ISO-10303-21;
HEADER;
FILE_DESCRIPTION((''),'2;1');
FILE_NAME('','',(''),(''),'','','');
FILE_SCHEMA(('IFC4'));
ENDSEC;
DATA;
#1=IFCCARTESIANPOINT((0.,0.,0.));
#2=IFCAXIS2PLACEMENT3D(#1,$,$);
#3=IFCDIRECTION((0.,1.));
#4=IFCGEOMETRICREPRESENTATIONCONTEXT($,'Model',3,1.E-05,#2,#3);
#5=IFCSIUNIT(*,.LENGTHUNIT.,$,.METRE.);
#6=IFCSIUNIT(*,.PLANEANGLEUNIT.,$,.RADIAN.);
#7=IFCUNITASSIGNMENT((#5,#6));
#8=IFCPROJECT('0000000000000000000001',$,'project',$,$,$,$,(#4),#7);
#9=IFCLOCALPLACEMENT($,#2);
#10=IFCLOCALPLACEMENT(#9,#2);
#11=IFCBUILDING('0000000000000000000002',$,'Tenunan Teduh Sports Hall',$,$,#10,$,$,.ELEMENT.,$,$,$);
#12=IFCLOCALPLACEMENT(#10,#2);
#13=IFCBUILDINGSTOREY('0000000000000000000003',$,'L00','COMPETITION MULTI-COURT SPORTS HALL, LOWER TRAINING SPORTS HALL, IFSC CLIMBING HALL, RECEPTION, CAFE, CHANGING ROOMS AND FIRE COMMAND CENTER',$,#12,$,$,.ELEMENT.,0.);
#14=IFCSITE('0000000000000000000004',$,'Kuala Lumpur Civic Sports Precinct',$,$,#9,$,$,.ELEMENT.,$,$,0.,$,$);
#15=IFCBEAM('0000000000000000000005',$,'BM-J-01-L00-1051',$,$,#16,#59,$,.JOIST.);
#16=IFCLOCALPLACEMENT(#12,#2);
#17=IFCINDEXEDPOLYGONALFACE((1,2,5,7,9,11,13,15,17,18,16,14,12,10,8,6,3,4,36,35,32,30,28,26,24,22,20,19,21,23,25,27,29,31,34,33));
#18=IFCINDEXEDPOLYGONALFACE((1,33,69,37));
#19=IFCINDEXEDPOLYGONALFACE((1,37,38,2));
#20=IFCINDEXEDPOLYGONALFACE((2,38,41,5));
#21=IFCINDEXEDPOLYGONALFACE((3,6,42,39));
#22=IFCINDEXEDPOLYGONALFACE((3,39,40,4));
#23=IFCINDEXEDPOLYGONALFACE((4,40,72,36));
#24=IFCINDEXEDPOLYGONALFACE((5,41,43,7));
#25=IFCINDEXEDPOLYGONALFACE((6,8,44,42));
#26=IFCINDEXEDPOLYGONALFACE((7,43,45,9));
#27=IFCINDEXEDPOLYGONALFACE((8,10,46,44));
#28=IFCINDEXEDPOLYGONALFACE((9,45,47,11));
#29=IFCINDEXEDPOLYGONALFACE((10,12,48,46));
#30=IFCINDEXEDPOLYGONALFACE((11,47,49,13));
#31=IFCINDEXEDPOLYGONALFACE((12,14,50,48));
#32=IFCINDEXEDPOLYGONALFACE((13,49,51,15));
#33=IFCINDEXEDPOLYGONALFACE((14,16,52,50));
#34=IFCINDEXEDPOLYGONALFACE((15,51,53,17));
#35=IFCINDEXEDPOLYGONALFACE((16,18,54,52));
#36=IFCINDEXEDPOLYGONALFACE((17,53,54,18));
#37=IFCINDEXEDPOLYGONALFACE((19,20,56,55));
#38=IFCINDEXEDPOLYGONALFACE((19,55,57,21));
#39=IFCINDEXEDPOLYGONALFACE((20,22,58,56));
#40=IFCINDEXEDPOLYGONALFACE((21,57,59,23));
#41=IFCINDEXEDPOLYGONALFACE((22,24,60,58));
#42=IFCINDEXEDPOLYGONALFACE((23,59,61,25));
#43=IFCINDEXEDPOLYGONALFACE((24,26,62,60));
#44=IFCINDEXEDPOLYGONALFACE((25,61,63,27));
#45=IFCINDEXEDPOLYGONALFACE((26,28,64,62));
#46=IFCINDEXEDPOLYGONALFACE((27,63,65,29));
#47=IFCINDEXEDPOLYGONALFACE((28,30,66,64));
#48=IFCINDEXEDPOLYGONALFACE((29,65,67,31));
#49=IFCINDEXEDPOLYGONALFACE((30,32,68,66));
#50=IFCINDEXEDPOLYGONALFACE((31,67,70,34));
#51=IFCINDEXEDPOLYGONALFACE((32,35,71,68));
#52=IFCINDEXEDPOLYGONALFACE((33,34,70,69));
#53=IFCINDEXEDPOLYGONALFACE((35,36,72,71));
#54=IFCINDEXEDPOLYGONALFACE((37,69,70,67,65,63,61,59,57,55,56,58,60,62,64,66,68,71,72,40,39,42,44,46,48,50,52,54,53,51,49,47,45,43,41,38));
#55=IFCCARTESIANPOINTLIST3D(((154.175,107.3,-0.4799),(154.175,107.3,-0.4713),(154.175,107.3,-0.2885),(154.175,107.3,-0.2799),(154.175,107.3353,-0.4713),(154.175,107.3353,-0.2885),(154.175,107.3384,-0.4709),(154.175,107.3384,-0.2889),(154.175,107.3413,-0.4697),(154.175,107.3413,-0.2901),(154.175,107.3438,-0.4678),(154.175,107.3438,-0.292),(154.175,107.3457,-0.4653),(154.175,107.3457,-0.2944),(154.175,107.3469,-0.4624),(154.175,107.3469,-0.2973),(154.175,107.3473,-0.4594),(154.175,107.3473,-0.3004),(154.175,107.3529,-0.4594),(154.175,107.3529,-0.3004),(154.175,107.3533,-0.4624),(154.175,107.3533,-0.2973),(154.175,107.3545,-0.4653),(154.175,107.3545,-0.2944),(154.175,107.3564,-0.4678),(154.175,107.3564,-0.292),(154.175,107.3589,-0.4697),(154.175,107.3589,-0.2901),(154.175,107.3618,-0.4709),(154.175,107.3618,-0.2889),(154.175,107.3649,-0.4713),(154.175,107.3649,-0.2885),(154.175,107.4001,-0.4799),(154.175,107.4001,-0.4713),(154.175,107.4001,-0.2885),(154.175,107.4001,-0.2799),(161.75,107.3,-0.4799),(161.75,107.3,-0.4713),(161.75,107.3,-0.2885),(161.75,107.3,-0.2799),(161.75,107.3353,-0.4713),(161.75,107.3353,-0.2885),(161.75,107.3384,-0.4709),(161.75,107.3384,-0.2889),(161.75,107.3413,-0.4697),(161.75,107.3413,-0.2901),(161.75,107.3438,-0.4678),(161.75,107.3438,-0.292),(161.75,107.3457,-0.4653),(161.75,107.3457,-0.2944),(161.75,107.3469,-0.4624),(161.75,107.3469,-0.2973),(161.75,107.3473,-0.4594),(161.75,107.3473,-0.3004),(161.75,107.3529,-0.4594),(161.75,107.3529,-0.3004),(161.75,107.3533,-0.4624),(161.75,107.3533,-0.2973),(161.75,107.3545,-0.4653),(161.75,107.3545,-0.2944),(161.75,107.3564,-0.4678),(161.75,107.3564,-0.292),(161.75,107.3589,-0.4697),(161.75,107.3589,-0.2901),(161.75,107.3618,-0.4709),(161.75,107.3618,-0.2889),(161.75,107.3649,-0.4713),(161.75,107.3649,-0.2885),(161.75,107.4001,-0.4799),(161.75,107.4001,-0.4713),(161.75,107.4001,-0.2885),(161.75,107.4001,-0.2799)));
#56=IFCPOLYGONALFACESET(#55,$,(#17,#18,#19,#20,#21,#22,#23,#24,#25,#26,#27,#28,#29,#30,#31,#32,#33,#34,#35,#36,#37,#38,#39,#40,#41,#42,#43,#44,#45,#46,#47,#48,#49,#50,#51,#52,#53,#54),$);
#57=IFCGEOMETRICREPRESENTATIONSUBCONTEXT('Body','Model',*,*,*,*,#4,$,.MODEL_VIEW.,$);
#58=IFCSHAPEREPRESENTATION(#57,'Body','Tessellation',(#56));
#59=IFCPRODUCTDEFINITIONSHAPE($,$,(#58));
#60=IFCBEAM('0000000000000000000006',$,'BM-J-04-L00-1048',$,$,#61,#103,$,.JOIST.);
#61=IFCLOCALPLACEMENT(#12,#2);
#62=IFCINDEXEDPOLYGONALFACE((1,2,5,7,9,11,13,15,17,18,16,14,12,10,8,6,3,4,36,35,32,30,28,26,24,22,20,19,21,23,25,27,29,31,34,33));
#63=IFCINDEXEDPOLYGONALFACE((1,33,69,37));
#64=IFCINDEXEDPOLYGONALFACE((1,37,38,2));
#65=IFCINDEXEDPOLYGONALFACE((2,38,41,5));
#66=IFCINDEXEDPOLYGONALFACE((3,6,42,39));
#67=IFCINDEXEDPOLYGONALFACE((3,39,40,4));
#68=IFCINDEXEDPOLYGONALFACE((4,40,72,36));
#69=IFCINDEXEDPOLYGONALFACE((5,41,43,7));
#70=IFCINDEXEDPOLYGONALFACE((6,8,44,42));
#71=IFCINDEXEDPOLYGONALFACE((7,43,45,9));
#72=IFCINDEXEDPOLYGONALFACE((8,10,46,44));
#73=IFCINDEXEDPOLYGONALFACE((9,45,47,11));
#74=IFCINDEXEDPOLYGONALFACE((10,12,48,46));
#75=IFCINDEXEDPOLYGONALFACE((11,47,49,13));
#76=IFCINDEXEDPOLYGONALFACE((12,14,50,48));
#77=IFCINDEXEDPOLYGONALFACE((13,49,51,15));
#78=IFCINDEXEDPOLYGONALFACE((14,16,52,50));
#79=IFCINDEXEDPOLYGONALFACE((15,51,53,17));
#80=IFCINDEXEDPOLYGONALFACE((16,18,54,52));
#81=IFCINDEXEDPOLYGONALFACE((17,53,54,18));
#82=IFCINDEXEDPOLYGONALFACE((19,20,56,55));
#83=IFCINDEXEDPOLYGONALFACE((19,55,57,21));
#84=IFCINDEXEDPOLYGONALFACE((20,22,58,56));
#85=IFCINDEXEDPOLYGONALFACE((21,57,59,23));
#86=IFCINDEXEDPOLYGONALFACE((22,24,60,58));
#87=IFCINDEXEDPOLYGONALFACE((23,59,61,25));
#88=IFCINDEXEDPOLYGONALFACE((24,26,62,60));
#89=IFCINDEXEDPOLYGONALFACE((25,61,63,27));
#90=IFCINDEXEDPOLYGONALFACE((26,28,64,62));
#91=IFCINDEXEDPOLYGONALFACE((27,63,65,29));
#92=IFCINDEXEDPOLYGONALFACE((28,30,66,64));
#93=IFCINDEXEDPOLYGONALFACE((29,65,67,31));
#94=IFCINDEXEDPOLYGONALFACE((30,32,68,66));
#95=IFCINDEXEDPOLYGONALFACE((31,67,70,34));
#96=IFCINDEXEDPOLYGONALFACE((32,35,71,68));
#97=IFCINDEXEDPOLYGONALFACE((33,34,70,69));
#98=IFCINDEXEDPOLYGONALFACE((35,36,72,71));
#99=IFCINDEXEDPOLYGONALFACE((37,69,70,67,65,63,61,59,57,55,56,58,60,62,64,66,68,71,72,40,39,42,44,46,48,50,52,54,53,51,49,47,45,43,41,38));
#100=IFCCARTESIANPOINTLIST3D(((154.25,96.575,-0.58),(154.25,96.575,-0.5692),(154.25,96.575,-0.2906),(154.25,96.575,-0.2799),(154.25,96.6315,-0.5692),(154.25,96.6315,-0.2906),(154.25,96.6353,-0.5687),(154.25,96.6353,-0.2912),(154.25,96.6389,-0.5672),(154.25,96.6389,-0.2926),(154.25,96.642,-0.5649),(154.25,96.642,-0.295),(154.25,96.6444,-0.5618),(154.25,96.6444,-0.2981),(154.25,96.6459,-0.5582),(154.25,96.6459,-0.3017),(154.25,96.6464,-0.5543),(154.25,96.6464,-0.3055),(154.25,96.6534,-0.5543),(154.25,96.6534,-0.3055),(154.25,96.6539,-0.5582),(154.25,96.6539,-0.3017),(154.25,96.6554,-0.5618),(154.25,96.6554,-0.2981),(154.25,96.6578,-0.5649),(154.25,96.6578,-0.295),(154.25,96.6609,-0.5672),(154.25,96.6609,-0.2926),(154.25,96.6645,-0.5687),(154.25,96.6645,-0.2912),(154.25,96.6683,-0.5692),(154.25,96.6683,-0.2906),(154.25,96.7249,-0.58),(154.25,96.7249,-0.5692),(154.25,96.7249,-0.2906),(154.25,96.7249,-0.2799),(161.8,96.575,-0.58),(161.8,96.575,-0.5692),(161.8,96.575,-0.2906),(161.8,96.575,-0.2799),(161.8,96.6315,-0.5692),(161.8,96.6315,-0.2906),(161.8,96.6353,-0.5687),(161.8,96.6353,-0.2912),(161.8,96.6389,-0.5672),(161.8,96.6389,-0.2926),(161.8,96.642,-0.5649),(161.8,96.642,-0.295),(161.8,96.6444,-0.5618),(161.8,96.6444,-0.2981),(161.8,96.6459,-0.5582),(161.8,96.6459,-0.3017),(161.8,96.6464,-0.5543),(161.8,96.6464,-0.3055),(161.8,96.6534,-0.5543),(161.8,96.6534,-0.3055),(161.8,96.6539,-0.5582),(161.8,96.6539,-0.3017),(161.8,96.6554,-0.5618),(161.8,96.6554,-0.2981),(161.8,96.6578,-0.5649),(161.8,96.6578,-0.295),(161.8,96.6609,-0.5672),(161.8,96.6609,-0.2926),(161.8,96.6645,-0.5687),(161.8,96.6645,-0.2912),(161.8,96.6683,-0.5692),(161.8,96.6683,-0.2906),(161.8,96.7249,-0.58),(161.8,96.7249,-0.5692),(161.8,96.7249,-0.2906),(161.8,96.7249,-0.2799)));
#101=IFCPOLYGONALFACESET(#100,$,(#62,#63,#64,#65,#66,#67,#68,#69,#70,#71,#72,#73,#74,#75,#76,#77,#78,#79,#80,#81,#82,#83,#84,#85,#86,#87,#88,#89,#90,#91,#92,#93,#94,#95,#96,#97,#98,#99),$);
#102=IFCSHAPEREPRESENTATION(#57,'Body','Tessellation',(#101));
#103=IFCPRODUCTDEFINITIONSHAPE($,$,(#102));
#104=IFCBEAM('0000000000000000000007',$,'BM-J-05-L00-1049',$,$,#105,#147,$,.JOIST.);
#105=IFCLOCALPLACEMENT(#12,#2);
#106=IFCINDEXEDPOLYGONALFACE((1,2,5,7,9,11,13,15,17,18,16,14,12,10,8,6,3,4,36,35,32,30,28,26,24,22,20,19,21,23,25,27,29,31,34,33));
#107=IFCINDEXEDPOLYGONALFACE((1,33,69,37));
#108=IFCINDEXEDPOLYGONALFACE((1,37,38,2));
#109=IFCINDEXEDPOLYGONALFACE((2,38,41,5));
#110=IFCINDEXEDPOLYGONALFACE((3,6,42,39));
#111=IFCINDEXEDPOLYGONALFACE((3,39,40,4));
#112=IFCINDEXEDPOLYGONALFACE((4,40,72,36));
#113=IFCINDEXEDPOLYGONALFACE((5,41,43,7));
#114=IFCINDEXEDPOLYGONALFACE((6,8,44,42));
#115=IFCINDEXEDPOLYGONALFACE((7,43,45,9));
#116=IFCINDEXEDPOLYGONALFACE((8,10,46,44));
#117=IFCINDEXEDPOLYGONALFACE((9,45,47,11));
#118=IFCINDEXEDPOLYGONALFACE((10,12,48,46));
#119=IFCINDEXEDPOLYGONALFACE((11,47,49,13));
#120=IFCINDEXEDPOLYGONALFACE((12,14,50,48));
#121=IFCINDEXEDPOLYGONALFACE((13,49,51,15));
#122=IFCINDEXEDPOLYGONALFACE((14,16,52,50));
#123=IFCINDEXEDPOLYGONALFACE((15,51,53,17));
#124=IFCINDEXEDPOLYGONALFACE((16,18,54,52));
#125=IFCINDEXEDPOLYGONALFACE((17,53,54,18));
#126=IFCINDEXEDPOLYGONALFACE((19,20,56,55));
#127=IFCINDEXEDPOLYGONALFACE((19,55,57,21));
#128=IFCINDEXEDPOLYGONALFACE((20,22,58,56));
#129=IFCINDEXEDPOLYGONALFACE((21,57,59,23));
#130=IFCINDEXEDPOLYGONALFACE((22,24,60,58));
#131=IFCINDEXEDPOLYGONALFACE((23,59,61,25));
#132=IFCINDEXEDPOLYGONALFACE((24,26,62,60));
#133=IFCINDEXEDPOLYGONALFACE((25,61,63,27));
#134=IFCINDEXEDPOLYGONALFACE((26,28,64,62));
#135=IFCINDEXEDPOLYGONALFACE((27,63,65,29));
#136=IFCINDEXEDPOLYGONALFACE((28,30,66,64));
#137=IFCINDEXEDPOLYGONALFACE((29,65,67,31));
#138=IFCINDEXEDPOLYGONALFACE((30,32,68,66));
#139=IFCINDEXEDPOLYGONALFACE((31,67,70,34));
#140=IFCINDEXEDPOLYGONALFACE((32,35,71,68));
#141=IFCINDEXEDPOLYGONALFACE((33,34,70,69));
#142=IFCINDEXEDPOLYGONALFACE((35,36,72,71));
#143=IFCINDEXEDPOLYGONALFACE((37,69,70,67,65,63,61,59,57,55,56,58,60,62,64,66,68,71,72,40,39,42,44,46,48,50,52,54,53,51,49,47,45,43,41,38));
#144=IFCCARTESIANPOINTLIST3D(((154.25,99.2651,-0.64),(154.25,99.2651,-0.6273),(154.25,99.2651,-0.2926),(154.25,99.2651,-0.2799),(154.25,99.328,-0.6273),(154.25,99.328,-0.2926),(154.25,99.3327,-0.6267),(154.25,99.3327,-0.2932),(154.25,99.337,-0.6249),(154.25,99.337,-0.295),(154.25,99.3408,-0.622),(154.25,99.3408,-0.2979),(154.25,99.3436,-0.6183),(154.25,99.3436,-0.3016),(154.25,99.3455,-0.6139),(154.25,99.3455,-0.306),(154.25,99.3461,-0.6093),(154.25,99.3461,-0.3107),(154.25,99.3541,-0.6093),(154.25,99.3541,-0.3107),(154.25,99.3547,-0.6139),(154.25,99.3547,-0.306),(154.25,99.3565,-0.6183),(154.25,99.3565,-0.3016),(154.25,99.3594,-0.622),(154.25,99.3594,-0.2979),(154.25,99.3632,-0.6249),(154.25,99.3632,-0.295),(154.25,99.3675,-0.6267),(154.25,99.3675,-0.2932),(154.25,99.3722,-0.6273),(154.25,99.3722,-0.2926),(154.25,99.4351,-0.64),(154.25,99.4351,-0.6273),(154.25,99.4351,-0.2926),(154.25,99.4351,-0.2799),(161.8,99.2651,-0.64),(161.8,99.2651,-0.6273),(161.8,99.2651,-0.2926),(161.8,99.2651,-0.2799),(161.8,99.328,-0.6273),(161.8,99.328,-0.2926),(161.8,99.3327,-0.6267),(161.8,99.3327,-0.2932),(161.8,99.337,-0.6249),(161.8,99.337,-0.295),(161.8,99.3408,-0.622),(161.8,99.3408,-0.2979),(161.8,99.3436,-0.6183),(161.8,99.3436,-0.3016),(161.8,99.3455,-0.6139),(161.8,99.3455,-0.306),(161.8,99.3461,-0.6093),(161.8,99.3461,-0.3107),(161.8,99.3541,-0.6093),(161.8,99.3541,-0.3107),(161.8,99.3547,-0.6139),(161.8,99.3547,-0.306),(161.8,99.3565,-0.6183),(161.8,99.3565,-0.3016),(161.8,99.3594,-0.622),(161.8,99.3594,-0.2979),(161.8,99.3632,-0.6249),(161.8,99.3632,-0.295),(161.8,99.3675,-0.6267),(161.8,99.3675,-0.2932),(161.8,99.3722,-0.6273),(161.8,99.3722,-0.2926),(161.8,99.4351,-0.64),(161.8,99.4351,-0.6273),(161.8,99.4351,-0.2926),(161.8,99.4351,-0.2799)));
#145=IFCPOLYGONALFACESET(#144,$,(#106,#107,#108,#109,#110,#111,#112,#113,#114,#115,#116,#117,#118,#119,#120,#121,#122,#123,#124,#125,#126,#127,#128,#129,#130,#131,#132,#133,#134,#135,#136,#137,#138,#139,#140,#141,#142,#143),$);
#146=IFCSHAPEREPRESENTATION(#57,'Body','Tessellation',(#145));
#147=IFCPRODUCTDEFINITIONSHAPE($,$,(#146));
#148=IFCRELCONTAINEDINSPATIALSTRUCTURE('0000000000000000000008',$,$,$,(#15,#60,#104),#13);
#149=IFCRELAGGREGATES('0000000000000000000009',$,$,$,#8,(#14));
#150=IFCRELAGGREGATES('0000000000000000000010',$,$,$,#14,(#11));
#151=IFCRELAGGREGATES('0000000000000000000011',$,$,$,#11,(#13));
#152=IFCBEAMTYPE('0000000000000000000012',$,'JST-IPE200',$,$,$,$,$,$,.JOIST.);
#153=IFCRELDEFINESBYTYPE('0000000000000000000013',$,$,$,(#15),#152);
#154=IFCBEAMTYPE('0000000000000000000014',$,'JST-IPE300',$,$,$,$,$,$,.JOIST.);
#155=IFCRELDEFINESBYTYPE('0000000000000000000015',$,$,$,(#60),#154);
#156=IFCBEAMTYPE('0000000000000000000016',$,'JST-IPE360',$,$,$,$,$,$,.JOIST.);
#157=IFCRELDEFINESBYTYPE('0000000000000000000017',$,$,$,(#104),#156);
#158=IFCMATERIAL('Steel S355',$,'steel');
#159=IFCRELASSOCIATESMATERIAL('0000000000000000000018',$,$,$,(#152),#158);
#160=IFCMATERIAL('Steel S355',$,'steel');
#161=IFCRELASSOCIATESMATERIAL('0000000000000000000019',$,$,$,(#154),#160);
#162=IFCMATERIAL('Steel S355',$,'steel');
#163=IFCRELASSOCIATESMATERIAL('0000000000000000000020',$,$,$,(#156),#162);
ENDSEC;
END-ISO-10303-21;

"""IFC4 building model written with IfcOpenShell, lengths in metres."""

from ifc_helpers import new_model, si_unit, direction, frame, origin, origin_2d, place, context, subcontext, project, spatial, i_section, extrude, material, material_profile, profile_set, type_object, element, save


model = new_model("IFC4")

# Units and contexts
model_context = context("Model", 3, precision=1e-05, world=origin(), true_north=direction((0.0, 1.0)))
body_context = subcontext(model_context, "Body", "Model", "MODEL_VIEW")
ifc_project = project(units=[si_unit("LENGTHUNIT", "METRE"), si_unit("PLANEANGLEUNIT", "RADIAN")], contexts=[model_context])

# Site, building, storey
site_placement = place(None, origin())
site = spatial("IfcSite", under=ifc_project, at=site_placement, Name="Kuala Lumpur Civic Sports Precinct", CompositionType="ELEMENT", RefElevation=0.0)
building_placement = place(site_placement, origin())
building = spatial("IfcBuilding", under=site, at=building_placement, Name="Tenunan Teduh Sports Hall", CompositionType="ELEMENT")
storey_placement = place(building_placement, origin())
storey = spatial("IfcBuildingStorey", under=building, at=storey_placement, Name="L00", Description="COMPETITION MULTI-COURT SPORTS HALL, LOWER TRAINING SPORTS HALL, IFSC CLIMBING HALL, RECEPTION, CAFE, CHANGING ROOMS AND FIRE COMMAND CENTER", CompositionType="ELEMENT", Elevation=0.0)

# Beams
ifc_material_1 = material(Name="Steel S355", Category="steel")
ifc_material_profile_1 = material_profile(ifc_material_1, i_section(OverallWidth=0.1001, OverallDepth=0.2, WebThickness=0.0056, FlangeThickness=0.0085, FilletRadius=0.012, at=origin_2d()), Name="IPE 200")
ifc_profile_set_1 = profile_set([ifc_material_profile_1], Name="Steel S355")
beam_type_1 = type_object("IfcBeamType", Name="JST-IPE200", PredefinedType="JOIST", material=ifc_profile_set_1)
beam_1_placement = place(storey_placement, frame((154.175, 107.3501, -0.3799), z_axis=(1.0, 0.0, 0.0), x_axis=(0.0, 1.0, 0.0)))
element("IfcBeam", 1, at=beam_1_placement, inside=storey, type_object=beam_type_1, Name="BM-J-01-L00-1051", PredefinedType="JOIST", context=body_context, shape_type="SweptSolid", body=[
    extrude(i_section(OverallWidth=0.1001, OverallDepth=0.2, WebThickness=0.0056, FlangeThickness=0.0085, FilletRadius=0.012, at=origin_2d()), origin(), (0.0, 0.0, 1.0), 7.575),
])
ifc_material_2 = material(Name="Steel S355", Category="steel")
ifc_material_profile_2 = material_profile(ifc_material_2, i_section(OverallWidth=0.1499, OverallDepth=0.3, WebThickness=0.0071, FlangeThickness=0.0107, FilletRadius=0.0149, at=origin_2d()), Name="IPE 300")
ifc_profile_set_2 = profile_set([ifc_material_profile_2], Name="Steel S355")
beam_type_2 = type_object("IfcBeamType", Name="JST-IPE300", PredefinedType="JOIST", material=ifc_profile_set_2)
beam_2_placement = place(storey_placement, frame((154.25, 96.6499, -0.4299), z_axis=(1.0, 0.0, 0.0), x_axis=(0.0, 1.0, 0.0)))
element("IfcBeam", 2, at=beam_2_placement, inside=storey, type_object=beam_type_2, Name="BM-J-04-L00-1048", PredefinedType="JOIST", context=body_context, shape_type="SweptSolid", body=[
    extrude(i_section(OverallWidth=0.1499, OverallDepth=0.3, WebThickness=0.0071, FlangeThickness=0.0107, FilletRadius=0.0149, at=origin_2d()), origin(), (0.0, 0.0, 1.0), 7.55),
])
ifc_material_3 = material(Name="Steel S355", Category="steel")
ifc_material_profile_3 = material_profile(ifc_material_3, i_section(OverallWidth=0.1699, OverallDepth=0.3601, WebThickness=0.0081, FlangeThickness=0.0127, FilletRadius=0.0181, at=origin_2d()), Name="IPE 360")
ifc_profile_set_3 = profile_set([ifc_material_profile_3], Name="Steel S355")
beam_type_3 = type_object("IfcBeamType", Name="JST-IPE360", PredefinedType="JOIST", material=ifc_profile_set_3)
beam_3_placement = place(storey_placement, frame((154.25, 99.3501, -0.46), z_axis=(1.0, 0.0, 0.0), x_axis=(0.0, 1.0, 0.0)))
element("IfcBeam", 3, at=beam_3_placement, inside=storey, type_object=beam_type_3, Name="BM-J-05-L00-1049", PredefinedType="JOIST", context=body_context, shape_type="SweptSolid", body=[
    extrude(i_section(OverallWidth=0.1699, OverallDepth=0.3601, WebThickness=0.0081, FlangeThickness=0.0127, FilletRadius=0.0181, at=origin_2d()), origin(), (0.0, 0.0, 1.0), 7.55),
])

save(model, "model.ifc")
